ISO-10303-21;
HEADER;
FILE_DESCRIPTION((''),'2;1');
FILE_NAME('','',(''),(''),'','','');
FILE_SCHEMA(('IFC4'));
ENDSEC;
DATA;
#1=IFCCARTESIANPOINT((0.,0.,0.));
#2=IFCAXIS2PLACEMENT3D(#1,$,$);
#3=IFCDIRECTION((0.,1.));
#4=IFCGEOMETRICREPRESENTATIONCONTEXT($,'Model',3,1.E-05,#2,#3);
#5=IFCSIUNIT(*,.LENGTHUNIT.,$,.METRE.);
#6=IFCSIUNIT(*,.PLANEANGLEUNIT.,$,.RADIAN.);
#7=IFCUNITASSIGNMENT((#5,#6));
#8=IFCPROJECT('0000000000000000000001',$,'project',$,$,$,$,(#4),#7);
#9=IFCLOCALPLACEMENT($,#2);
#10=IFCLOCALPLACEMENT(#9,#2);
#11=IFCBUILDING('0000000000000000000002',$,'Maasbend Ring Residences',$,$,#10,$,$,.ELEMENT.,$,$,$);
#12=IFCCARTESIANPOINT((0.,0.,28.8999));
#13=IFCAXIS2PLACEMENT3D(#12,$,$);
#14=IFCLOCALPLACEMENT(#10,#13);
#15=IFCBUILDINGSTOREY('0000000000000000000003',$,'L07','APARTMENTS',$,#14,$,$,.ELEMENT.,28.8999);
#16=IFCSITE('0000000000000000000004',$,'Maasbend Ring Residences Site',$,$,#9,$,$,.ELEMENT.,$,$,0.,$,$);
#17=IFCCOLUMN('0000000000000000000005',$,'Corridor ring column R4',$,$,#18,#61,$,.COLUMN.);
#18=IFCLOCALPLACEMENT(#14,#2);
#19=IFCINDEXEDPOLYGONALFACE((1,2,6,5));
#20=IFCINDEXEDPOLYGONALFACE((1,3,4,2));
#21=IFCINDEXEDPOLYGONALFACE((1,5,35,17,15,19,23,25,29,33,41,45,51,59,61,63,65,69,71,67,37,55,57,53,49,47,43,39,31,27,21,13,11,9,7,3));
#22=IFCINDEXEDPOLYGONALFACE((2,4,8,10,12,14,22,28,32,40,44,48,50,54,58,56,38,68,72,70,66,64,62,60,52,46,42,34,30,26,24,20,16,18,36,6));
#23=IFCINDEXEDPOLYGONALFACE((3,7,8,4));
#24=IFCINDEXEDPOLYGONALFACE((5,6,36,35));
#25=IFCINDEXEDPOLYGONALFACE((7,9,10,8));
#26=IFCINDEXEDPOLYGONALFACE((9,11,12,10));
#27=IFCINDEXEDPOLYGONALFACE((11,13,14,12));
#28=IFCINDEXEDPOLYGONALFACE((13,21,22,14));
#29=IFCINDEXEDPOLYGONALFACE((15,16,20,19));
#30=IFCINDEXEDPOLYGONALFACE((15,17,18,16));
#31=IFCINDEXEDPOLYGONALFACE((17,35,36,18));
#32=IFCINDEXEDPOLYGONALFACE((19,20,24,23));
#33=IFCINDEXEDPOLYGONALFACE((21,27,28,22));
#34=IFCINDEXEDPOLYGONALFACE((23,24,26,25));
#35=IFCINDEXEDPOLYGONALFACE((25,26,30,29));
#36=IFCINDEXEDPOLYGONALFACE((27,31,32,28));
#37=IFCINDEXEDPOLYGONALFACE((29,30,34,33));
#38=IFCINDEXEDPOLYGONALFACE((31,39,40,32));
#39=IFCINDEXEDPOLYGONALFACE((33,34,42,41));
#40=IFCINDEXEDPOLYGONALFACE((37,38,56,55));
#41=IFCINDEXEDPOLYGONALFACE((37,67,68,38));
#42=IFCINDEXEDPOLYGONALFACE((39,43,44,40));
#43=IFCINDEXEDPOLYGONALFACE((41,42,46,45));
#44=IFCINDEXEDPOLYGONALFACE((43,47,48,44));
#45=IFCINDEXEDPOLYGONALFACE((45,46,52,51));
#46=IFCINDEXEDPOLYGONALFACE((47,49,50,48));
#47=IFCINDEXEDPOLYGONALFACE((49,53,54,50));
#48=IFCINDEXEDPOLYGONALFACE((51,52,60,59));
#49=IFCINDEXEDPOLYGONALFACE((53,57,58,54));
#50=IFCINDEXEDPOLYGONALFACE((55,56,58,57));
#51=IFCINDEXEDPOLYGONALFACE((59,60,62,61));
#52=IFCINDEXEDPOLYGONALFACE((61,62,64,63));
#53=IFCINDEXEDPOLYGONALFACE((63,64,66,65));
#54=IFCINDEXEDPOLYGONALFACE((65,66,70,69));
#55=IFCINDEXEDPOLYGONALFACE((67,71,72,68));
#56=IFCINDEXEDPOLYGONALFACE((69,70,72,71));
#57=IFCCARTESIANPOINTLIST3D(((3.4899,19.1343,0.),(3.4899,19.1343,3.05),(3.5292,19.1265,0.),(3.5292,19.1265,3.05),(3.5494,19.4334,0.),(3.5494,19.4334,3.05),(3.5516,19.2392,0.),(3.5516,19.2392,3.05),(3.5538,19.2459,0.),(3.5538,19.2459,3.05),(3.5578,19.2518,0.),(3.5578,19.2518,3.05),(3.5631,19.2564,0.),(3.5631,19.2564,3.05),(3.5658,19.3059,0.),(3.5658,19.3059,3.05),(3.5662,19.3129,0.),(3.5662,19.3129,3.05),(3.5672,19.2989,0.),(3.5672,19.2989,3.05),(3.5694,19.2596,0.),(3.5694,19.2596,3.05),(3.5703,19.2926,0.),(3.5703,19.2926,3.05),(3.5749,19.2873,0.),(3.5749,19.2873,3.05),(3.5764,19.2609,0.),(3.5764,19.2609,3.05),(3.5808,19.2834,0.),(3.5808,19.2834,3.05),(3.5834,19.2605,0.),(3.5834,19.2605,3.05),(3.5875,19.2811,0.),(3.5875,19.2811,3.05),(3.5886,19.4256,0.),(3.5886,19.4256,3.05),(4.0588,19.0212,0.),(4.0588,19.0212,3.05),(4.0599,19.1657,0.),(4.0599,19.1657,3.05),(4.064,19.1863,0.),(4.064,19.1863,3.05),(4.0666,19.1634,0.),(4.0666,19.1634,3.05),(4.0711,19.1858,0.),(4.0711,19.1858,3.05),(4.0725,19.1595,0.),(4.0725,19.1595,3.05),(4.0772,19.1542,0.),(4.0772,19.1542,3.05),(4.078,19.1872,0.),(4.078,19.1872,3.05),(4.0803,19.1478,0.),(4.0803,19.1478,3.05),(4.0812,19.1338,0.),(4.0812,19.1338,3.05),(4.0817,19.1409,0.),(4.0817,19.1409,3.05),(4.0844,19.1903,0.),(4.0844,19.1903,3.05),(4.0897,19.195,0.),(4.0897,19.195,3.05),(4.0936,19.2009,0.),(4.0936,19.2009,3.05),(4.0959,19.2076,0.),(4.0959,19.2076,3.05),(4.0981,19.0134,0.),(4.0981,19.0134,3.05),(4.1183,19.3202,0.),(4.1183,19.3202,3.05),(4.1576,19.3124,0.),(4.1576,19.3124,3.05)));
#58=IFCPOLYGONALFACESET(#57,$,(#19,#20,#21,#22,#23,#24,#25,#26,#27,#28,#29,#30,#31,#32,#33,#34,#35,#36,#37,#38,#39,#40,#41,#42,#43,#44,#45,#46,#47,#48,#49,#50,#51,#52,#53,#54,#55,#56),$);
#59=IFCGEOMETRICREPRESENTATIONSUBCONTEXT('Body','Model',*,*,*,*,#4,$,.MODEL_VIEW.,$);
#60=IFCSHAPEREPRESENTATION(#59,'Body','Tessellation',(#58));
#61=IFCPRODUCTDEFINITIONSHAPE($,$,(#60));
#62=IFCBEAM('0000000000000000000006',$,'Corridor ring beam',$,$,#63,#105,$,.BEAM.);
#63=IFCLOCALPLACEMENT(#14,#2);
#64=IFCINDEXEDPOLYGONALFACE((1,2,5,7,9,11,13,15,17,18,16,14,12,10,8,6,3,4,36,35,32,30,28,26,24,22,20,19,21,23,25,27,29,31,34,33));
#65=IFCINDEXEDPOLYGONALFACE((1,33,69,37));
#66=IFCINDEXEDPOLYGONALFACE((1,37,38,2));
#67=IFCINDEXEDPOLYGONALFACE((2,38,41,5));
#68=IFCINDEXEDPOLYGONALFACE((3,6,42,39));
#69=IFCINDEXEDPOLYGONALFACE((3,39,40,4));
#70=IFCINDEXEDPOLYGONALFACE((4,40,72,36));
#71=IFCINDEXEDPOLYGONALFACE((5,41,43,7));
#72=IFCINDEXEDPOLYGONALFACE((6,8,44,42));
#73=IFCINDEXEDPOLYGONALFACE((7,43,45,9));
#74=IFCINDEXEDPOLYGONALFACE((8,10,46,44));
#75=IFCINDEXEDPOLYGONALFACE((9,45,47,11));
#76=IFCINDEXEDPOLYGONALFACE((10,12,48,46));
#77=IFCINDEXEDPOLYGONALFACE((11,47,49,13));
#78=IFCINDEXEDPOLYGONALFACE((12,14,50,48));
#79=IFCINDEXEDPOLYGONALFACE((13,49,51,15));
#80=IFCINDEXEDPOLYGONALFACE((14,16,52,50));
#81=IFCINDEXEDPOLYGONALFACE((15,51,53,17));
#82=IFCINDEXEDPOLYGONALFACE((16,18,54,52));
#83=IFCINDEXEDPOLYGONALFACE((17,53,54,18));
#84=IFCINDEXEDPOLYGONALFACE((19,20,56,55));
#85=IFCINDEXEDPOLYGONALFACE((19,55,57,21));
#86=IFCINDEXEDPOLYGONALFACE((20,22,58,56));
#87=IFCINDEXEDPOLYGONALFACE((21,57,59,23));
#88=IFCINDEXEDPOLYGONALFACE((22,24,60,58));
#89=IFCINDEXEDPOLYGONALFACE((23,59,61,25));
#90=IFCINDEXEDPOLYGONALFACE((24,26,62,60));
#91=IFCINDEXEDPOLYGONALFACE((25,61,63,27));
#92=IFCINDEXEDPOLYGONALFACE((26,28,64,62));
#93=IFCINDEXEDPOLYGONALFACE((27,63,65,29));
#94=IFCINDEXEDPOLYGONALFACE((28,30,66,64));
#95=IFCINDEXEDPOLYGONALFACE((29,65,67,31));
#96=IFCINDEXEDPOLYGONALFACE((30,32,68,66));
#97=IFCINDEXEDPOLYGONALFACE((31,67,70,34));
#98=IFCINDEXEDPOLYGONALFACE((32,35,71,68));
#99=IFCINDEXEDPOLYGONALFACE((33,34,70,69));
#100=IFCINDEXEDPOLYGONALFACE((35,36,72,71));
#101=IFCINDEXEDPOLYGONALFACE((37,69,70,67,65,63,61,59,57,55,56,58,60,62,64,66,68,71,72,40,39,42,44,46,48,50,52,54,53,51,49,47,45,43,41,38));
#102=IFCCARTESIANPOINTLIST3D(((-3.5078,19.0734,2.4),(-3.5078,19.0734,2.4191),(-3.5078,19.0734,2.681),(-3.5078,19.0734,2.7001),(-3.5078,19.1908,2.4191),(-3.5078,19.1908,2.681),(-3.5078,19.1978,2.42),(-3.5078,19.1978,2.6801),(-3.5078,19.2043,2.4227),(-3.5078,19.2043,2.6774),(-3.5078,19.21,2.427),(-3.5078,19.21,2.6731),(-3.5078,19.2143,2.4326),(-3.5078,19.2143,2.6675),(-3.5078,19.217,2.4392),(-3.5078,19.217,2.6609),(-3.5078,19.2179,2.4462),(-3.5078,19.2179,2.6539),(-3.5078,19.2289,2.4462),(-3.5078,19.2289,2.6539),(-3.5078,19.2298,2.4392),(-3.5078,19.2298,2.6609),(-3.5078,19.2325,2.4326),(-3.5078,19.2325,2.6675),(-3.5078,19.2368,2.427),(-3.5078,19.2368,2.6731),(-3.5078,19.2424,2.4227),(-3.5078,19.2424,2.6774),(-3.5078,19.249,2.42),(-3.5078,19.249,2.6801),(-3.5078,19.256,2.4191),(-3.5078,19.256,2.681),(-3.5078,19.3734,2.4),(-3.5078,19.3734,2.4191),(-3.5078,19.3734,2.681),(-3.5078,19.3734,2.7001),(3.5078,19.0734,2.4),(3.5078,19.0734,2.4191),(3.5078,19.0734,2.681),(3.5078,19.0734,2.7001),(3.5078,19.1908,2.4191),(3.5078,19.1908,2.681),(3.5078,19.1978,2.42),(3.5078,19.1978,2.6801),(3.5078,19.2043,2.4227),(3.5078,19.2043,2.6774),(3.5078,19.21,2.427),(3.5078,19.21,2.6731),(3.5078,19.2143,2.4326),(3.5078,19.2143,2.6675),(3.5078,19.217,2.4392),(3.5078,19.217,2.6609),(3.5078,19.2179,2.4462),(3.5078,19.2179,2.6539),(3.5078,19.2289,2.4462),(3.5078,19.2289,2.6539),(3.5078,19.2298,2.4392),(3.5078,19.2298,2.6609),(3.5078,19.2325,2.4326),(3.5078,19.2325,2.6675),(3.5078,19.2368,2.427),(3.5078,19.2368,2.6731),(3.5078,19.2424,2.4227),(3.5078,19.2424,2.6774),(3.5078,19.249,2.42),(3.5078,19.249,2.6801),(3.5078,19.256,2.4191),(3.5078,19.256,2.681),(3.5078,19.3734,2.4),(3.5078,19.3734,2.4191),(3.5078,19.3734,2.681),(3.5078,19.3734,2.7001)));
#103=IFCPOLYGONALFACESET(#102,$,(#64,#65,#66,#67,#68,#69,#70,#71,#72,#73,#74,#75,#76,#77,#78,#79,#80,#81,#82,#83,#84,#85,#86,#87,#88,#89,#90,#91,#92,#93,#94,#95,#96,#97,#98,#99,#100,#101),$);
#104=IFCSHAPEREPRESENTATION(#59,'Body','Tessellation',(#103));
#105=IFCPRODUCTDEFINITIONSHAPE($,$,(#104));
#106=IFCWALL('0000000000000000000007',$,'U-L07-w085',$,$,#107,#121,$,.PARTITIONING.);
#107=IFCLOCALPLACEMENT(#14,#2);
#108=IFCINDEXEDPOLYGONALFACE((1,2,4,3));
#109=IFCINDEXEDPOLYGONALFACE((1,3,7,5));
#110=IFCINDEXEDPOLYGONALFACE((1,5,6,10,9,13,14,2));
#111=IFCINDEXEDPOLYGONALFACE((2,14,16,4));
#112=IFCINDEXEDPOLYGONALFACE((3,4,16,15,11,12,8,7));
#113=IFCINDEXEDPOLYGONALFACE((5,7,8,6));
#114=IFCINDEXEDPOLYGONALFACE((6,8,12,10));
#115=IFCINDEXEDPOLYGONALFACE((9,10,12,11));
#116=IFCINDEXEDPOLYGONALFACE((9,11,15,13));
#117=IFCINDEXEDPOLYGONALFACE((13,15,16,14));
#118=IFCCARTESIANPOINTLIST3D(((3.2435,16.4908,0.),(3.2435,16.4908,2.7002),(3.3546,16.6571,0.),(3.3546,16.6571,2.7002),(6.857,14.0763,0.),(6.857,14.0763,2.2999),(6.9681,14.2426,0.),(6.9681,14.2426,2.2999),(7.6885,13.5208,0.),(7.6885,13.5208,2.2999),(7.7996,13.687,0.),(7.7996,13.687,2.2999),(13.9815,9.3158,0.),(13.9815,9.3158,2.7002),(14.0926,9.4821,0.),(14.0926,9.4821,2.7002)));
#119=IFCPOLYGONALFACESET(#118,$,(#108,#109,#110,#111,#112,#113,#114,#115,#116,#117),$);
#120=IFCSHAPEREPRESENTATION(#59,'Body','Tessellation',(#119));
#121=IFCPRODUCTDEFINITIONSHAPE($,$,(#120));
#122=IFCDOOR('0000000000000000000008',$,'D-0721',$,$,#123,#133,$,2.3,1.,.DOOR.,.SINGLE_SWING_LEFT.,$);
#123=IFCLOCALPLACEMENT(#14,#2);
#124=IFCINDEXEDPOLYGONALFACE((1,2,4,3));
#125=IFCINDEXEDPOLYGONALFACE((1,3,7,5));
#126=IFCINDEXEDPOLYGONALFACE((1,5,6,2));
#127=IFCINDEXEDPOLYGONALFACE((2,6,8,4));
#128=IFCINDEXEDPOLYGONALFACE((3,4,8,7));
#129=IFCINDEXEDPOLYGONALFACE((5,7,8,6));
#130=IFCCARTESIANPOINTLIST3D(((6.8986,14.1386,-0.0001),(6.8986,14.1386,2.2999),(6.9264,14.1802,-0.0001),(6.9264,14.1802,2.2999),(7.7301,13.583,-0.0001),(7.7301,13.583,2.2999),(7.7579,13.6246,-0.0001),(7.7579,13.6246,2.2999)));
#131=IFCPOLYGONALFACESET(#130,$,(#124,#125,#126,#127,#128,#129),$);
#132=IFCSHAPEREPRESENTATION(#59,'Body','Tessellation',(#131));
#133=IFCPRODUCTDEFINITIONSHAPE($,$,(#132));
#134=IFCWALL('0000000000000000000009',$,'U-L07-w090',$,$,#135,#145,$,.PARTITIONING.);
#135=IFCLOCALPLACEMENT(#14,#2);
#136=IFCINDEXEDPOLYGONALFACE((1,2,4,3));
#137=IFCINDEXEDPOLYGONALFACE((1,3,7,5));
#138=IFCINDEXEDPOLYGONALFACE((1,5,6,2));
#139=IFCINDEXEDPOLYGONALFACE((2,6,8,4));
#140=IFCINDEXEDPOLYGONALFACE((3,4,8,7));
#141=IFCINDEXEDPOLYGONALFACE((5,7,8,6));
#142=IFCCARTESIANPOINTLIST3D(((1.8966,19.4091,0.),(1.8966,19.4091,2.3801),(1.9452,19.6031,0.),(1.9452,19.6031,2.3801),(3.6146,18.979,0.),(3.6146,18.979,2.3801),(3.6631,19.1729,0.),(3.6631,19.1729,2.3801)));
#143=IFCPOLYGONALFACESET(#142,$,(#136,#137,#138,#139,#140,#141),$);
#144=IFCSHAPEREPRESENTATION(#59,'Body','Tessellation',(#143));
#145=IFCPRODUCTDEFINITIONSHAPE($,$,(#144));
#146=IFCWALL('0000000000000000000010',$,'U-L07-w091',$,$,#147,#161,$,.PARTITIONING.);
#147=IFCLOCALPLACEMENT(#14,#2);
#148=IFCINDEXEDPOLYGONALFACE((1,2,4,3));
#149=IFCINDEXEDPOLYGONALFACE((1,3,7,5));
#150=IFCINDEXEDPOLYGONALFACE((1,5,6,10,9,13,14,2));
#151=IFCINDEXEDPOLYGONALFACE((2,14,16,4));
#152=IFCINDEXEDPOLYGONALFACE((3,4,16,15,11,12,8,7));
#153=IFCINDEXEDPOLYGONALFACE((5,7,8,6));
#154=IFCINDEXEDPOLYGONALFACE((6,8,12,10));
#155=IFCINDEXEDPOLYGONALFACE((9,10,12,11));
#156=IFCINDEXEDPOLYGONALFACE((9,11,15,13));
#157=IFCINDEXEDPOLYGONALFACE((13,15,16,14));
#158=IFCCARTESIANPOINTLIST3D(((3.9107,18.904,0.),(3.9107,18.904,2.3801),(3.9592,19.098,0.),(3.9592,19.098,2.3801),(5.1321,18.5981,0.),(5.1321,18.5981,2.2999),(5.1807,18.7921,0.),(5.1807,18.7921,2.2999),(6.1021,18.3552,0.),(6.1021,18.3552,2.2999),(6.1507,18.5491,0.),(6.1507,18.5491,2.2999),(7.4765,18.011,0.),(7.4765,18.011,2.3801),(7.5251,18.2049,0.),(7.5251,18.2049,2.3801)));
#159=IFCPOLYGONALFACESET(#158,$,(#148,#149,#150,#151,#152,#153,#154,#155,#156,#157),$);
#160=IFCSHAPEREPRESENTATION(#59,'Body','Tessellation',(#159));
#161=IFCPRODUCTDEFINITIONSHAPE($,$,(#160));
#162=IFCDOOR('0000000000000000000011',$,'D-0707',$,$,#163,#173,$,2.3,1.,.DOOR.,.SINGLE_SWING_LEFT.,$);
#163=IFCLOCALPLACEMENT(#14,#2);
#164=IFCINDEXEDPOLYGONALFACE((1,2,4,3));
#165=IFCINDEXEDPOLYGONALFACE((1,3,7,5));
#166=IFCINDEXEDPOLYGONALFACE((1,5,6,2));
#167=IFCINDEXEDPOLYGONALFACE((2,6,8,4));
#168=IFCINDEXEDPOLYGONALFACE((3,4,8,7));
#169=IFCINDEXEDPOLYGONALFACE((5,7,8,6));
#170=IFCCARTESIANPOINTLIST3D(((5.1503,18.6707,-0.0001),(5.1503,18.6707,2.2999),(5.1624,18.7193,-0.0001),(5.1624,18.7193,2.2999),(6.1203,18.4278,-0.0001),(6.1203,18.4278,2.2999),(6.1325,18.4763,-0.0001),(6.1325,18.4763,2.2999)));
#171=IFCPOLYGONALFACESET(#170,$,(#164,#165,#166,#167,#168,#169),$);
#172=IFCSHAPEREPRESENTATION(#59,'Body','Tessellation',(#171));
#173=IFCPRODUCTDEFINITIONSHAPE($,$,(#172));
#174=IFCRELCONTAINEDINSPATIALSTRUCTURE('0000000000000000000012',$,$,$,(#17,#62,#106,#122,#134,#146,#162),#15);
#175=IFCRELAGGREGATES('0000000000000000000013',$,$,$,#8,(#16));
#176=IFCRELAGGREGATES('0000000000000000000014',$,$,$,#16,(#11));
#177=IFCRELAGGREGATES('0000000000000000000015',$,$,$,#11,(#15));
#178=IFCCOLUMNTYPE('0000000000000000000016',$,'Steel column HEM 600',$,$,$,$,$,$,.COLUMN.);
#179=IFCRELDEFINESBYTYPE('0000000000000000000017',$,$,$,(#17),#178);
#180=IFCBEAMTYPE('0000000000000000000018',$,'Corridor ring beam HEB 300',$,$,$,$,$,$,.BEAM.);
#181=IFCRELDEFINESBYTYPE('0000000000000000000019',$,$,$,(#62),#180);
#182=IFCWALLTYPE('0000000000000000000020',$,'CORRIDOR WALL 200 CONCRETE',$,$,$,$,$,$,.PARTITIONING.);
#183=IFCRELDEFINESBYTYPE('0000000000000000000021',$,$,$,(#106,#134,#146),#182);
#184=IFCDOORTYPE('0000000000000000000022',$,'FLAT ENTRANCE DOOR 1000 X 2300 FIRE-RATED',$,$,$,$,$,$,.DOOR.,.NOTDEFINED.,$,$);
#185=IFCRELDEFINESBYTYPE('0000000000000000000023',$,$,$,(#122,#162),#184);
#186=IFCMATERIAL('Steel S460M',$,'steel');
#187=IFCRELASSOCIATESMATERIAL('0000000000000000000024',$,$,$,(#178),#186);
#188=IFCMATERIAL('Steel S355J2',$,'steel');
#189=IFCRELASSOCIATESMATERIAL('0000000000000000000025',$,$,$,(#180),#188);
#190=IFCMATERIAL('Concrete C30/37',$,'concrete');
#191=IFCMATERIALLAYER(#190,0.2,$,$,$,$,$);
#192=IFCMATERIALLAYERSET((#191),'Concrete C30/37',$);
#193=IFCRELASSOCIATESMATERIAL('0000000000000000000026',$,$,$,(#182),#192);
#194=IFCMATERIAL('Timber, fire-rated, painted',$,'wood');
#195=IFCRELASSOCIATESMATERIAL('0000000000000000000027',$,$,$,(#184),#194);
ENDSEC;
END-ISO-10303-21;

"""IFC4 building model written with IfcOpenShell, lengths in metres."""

from ifc_helpers import new_model, si_unit, direction, frame, frame_2d, origin, origin_2d, place, context, subcontext, project, spatial, rectangle, i_section, extrude, material, layer, layer_set, material_profile, profile_set, type_object, element, fill, save


model = new_model("IFC4")

# Units and contexts
model_context = context("Model", 3, precision=1e-05, world=origin(), true_north=direction((0.0, 1.0)))
body_context = subcontext(model_context, "Body", "Model", "MODEL_VIEW")
ifc_project = project(units=[si_unit("LENGTHUNIT", "METRE"), si_unit("PLANEANGLEUNIT", "RADIAN")], contexts=[model_context])

# Site, building, storey
site_placement = place(None, origin())
site = spatial("IfcSite", under=ifc_project, at=site_placement, Name="Maasbend Ring Residences Site", CompositionType="ELEMENT", RefElevation=0.0)
building_placement = place(site_placement, origin())
building = spatial("IfcBuilding", under=site, at=building_placement, Name="Maasbend Ring Residences", CompositionType="ELEMENT")
storey_placement = place(building_placement, frame((0.0, 0.0, 28.8999)))
storey = spatial("IfcBuildingStorey", under=building, at=storey_placement, Name="L07", Description="APARTMENTS", CompositionType="ELEMENT", Elevation=28.8999)

# Column
ifc_material_1 = material(Name="Steel S460M", Category="steel")
ifc_material_profile_1 = material_profile(ifc_material_1, i_section(OverallWidth=0.3049, OverallDepth=0.6201, WebThickness=0.021, FlangeThickness=0.04, FilletRadius=0.0271, at=origin_2d()), Name="HEM 600")
ifc_profile_set_1 = profile_set([ifc_material_profile_1], Name="Steel S460M")
column_type = type_object("IfcColumnType", Name="Steel column HEM 600", PredefinedType="COLUMN", material=ifc_profile_set_1)
column_placement = place(storey_placement, frame((3.8237, 19.2234, 0.0), z_axis=(0.0, 0.0, 1.0), x_axis=(0.19509, 0.980785, 0.0)))
element("IfcColumn", 1, at=column_placement, inside=storey, type_object=column_type, Name="Corridor ring column R4", PredefinedType="COLUMN", context=body_context, shape_type="SweptSolid", body=[
    extrude(i_section(OverallWidth=0.3049, OverallDepth=0.6201, WebThickness=0.021, FlangeThickness=0.04, FilletRadius=0.0271, at=origin_2d()), origin(), (0.0, 0.0, 1.0), 3.05),
])

# Beam
ifc_material_2 = material(Name="Steel S355J2", Category="steel")
ifc_material_profile_2 = material_profile(ifc_material_2, i_section(OverallWidth=0.3, OverallDepth=0.3, WebThickness=0.011, FlangeThickness=0.019, FilletRadius=0.0271, at=origin_2d()), Name="HEB 300")
ifc_profile_set_2 = profile_set([ifc_material_profile_2], Name="Steel S355J2")
beam_type = type_object("IfcBeamType", Name="Corridor ring beam HEB 300", PredefinedType="BEAM", material=ifc_profile_set_2)
beam_placement = place(storey_placement, frame((3.5078, 19.2234, 2.55), z_axis=(-1.0, 0.0, 0.0), x_axis=(0.0, -1.0, 0.0)))
element("IfcBeam", 2, at=beam_placement, inside=storey, type_object=beam_type, Name="Corridor ring beam", PredefinedType="BEAM", context=body_context, shape_type="SweptSolid", body=[
    extrude(i_section(OverallWidth=0.3, OverallDepth=0.3, WebThickness=0.011, FlangeThickness=0.019, FilletRadius=0.0271, at=origin_2d()), origin(), (0.0, 0.0, 1.0), 7.0156),
])

# Wall, opening, door
ifc_material_3 = material(Name="Concrete C30/37", Category="concrete")
ifc_layer_1 = layer(ifc_material_3, 0.2)
ifc_layer_set_1 = layer_set([ifc_layer_1], Name="Concrete C30/37")
wall_type_1 = type_object("IfcWallType", Name="CORRIDOR WALL 200 CONCRETE", PredefinedType="PARTITIONING", material=ifc_layer_set_1)
wall_1_placement = place(storey_placement, frame((3.2991, 16.574, 0.0), z_axis=(0.0, 0.0, 1.0), x_axis=(0.831465, -0.555577, 0.0)))
wall_1 = element("IfcWall", 3, at=wall_1_placement, inside=storey, type_object=wall_type_1, Name="U-L07-w085", PredefinedType="PARTITIONING", context=body_context, shape_type="SweptSolid", body=[
    extrude(rectangle(XDim=12.9146, YDim=0.2, at=frame_2d((6.4573, 0.0))), origin(), (0.0, 0.0, 1.0), 2.7002),
])
opening_1_placement = place(wall_1_placement, frame((4.3459, 0.0, 0.0)))
opening_1 = element("IfcOpeningElement", 4, at=opening_1_placement, cuts=wall_1, PredefinedType="OPENING", context=body_context, shape_type="SweptSolid", body=[
    extrude(rectangle(XDim=1.0, YDim=2.3, at=frame_2d((0.5, 1.1499))), frame((0.0, 0.1099, 0.0), z_axis=(0.0, -1.0, 0.0), x_axis=(1.0, 0.0, 0.0)), (0.0, 0.0, 1.0), 0.22),
])
ifc_material_4 = material(Name="Timber, fire-rated, painted", Category="wood")
door_type_1 = type_object("IfcDoorType", Name="FLAT ENTRANCE DOOR 1000 X 2300 FIRE-RATED", OperationType="NOTDEFINED", PredefinedType="DOOR", material=ifc_material_4)
door_1_placement = place(opening_1_placement, origin())
door_1 = element("IfcDoor", 5, at=door_1_placement, inside=storey, type_object=door_type_1, Name="D-0721", OperationType="SINGLE_SWING_LEFT", OverallHeight=2.3, OverallWidth=1.0, PredefinedType="DOOR", context=body_context, shape_type="SweptSolid", body=[
    extrude(rectangle(XDim=1.0, YDim=2.3, at=frame_2d((0.5, 1.1499))), frame((0.0, 0.0249, 0.0), z_axis=(0.0, -1.0, 0.0), x_axis=(1.0, 0.0, 0.0)), (0.0, 0.0, 1.0), 0.05),
])
fill(opening_1, door_1)

# Wall
wall_2_placement = place(storey_placement, frame((1.9209, 19.5061, 0.0), z_axis=(0.0, 0.0, 1.0), x_axis=(0.970053, -0.242892, 0.0)))
element("IfcWall", 6, at=wall_2_placement, inside=storey, type_object=wall_type_1, Name="U-L07-w090", PredefinedType="PARTITIONING", context=body_context, shape_type="SweptSolid", body=[
    extrude(rectangle(XDim=1.771, YDim=0.2, at=frame_2d((0.8855, 0.0))), origin(), (0.0, 0.0, 1.0), 2.3801),
])

# Wall, opening, door
wall_3_placement = place(storey_placement, frame((3.9351, 19.001, 0.0), z_axis=(0.0, 0.0, 1.0), x_axis=(0.970041, -0.242942, 0.0)))
wall_3 = element("IfcWall", 7, at=wall_3_placement, inside=storey, type_object=wall_type_1, Name="U-L07-w091", PredefinedType="PARTITIONING", context=body_context, shape_type="SweptSolid", body=[
    extrude(rectangle(XDim=3.676, YDim=0.2, at=frame_2d((1.8379, 0.0))), origin(), (0.0, 0.0, 1.0), 2.3801),
])
opening_2_placement = place(wall_3_placement, frame((1.259, 0.0, 0.0)))
opening_2 = element("IfcOpeningElement", 8, at=opening_2_placement, cuts=wall_3, PredefinedType="OPENING", context=body_context, shape_type="SweptSolid", body=[
    extrude(rectangle(XDim=1.0, YDim=2.3, at=frame_2d((0.5, 1.1499))), frame((0.0, 0.1099, 0.0), z_axis=(0.0, -1.0, 0.0), x_axis=(1.0, 0.0, 0.0)), (0.0, 0.0, 1.0), 0.22),
])
door_2_placement = place(opening_2_placement, origin())
door_2 = element("IfcDoor", 9, at=door_2_placement, inside=storey, type_object=door_type_1, Name="D-0707", OperationType="SINGLE_SWING_LEFT", OverallHeight=2.3, OverallWidth=1.0, PredefinedType="DOOR", context=body_context, shape_type="SweptSolid", body=[
    extrude(rectangle(XDim=1.0, YDim=2.3, at=frame_2d((0.5, 1.1499))), frame((0.0, 0.0249, 0.0), z_axis=(0.0, -1.0, 0.0), x_axis=(1.0, 0.0, 0.0)), (0.0, 0.0, 1.0), 0.05),
])
fill(opening_2, door_2)

save(model, "model.ifc")
